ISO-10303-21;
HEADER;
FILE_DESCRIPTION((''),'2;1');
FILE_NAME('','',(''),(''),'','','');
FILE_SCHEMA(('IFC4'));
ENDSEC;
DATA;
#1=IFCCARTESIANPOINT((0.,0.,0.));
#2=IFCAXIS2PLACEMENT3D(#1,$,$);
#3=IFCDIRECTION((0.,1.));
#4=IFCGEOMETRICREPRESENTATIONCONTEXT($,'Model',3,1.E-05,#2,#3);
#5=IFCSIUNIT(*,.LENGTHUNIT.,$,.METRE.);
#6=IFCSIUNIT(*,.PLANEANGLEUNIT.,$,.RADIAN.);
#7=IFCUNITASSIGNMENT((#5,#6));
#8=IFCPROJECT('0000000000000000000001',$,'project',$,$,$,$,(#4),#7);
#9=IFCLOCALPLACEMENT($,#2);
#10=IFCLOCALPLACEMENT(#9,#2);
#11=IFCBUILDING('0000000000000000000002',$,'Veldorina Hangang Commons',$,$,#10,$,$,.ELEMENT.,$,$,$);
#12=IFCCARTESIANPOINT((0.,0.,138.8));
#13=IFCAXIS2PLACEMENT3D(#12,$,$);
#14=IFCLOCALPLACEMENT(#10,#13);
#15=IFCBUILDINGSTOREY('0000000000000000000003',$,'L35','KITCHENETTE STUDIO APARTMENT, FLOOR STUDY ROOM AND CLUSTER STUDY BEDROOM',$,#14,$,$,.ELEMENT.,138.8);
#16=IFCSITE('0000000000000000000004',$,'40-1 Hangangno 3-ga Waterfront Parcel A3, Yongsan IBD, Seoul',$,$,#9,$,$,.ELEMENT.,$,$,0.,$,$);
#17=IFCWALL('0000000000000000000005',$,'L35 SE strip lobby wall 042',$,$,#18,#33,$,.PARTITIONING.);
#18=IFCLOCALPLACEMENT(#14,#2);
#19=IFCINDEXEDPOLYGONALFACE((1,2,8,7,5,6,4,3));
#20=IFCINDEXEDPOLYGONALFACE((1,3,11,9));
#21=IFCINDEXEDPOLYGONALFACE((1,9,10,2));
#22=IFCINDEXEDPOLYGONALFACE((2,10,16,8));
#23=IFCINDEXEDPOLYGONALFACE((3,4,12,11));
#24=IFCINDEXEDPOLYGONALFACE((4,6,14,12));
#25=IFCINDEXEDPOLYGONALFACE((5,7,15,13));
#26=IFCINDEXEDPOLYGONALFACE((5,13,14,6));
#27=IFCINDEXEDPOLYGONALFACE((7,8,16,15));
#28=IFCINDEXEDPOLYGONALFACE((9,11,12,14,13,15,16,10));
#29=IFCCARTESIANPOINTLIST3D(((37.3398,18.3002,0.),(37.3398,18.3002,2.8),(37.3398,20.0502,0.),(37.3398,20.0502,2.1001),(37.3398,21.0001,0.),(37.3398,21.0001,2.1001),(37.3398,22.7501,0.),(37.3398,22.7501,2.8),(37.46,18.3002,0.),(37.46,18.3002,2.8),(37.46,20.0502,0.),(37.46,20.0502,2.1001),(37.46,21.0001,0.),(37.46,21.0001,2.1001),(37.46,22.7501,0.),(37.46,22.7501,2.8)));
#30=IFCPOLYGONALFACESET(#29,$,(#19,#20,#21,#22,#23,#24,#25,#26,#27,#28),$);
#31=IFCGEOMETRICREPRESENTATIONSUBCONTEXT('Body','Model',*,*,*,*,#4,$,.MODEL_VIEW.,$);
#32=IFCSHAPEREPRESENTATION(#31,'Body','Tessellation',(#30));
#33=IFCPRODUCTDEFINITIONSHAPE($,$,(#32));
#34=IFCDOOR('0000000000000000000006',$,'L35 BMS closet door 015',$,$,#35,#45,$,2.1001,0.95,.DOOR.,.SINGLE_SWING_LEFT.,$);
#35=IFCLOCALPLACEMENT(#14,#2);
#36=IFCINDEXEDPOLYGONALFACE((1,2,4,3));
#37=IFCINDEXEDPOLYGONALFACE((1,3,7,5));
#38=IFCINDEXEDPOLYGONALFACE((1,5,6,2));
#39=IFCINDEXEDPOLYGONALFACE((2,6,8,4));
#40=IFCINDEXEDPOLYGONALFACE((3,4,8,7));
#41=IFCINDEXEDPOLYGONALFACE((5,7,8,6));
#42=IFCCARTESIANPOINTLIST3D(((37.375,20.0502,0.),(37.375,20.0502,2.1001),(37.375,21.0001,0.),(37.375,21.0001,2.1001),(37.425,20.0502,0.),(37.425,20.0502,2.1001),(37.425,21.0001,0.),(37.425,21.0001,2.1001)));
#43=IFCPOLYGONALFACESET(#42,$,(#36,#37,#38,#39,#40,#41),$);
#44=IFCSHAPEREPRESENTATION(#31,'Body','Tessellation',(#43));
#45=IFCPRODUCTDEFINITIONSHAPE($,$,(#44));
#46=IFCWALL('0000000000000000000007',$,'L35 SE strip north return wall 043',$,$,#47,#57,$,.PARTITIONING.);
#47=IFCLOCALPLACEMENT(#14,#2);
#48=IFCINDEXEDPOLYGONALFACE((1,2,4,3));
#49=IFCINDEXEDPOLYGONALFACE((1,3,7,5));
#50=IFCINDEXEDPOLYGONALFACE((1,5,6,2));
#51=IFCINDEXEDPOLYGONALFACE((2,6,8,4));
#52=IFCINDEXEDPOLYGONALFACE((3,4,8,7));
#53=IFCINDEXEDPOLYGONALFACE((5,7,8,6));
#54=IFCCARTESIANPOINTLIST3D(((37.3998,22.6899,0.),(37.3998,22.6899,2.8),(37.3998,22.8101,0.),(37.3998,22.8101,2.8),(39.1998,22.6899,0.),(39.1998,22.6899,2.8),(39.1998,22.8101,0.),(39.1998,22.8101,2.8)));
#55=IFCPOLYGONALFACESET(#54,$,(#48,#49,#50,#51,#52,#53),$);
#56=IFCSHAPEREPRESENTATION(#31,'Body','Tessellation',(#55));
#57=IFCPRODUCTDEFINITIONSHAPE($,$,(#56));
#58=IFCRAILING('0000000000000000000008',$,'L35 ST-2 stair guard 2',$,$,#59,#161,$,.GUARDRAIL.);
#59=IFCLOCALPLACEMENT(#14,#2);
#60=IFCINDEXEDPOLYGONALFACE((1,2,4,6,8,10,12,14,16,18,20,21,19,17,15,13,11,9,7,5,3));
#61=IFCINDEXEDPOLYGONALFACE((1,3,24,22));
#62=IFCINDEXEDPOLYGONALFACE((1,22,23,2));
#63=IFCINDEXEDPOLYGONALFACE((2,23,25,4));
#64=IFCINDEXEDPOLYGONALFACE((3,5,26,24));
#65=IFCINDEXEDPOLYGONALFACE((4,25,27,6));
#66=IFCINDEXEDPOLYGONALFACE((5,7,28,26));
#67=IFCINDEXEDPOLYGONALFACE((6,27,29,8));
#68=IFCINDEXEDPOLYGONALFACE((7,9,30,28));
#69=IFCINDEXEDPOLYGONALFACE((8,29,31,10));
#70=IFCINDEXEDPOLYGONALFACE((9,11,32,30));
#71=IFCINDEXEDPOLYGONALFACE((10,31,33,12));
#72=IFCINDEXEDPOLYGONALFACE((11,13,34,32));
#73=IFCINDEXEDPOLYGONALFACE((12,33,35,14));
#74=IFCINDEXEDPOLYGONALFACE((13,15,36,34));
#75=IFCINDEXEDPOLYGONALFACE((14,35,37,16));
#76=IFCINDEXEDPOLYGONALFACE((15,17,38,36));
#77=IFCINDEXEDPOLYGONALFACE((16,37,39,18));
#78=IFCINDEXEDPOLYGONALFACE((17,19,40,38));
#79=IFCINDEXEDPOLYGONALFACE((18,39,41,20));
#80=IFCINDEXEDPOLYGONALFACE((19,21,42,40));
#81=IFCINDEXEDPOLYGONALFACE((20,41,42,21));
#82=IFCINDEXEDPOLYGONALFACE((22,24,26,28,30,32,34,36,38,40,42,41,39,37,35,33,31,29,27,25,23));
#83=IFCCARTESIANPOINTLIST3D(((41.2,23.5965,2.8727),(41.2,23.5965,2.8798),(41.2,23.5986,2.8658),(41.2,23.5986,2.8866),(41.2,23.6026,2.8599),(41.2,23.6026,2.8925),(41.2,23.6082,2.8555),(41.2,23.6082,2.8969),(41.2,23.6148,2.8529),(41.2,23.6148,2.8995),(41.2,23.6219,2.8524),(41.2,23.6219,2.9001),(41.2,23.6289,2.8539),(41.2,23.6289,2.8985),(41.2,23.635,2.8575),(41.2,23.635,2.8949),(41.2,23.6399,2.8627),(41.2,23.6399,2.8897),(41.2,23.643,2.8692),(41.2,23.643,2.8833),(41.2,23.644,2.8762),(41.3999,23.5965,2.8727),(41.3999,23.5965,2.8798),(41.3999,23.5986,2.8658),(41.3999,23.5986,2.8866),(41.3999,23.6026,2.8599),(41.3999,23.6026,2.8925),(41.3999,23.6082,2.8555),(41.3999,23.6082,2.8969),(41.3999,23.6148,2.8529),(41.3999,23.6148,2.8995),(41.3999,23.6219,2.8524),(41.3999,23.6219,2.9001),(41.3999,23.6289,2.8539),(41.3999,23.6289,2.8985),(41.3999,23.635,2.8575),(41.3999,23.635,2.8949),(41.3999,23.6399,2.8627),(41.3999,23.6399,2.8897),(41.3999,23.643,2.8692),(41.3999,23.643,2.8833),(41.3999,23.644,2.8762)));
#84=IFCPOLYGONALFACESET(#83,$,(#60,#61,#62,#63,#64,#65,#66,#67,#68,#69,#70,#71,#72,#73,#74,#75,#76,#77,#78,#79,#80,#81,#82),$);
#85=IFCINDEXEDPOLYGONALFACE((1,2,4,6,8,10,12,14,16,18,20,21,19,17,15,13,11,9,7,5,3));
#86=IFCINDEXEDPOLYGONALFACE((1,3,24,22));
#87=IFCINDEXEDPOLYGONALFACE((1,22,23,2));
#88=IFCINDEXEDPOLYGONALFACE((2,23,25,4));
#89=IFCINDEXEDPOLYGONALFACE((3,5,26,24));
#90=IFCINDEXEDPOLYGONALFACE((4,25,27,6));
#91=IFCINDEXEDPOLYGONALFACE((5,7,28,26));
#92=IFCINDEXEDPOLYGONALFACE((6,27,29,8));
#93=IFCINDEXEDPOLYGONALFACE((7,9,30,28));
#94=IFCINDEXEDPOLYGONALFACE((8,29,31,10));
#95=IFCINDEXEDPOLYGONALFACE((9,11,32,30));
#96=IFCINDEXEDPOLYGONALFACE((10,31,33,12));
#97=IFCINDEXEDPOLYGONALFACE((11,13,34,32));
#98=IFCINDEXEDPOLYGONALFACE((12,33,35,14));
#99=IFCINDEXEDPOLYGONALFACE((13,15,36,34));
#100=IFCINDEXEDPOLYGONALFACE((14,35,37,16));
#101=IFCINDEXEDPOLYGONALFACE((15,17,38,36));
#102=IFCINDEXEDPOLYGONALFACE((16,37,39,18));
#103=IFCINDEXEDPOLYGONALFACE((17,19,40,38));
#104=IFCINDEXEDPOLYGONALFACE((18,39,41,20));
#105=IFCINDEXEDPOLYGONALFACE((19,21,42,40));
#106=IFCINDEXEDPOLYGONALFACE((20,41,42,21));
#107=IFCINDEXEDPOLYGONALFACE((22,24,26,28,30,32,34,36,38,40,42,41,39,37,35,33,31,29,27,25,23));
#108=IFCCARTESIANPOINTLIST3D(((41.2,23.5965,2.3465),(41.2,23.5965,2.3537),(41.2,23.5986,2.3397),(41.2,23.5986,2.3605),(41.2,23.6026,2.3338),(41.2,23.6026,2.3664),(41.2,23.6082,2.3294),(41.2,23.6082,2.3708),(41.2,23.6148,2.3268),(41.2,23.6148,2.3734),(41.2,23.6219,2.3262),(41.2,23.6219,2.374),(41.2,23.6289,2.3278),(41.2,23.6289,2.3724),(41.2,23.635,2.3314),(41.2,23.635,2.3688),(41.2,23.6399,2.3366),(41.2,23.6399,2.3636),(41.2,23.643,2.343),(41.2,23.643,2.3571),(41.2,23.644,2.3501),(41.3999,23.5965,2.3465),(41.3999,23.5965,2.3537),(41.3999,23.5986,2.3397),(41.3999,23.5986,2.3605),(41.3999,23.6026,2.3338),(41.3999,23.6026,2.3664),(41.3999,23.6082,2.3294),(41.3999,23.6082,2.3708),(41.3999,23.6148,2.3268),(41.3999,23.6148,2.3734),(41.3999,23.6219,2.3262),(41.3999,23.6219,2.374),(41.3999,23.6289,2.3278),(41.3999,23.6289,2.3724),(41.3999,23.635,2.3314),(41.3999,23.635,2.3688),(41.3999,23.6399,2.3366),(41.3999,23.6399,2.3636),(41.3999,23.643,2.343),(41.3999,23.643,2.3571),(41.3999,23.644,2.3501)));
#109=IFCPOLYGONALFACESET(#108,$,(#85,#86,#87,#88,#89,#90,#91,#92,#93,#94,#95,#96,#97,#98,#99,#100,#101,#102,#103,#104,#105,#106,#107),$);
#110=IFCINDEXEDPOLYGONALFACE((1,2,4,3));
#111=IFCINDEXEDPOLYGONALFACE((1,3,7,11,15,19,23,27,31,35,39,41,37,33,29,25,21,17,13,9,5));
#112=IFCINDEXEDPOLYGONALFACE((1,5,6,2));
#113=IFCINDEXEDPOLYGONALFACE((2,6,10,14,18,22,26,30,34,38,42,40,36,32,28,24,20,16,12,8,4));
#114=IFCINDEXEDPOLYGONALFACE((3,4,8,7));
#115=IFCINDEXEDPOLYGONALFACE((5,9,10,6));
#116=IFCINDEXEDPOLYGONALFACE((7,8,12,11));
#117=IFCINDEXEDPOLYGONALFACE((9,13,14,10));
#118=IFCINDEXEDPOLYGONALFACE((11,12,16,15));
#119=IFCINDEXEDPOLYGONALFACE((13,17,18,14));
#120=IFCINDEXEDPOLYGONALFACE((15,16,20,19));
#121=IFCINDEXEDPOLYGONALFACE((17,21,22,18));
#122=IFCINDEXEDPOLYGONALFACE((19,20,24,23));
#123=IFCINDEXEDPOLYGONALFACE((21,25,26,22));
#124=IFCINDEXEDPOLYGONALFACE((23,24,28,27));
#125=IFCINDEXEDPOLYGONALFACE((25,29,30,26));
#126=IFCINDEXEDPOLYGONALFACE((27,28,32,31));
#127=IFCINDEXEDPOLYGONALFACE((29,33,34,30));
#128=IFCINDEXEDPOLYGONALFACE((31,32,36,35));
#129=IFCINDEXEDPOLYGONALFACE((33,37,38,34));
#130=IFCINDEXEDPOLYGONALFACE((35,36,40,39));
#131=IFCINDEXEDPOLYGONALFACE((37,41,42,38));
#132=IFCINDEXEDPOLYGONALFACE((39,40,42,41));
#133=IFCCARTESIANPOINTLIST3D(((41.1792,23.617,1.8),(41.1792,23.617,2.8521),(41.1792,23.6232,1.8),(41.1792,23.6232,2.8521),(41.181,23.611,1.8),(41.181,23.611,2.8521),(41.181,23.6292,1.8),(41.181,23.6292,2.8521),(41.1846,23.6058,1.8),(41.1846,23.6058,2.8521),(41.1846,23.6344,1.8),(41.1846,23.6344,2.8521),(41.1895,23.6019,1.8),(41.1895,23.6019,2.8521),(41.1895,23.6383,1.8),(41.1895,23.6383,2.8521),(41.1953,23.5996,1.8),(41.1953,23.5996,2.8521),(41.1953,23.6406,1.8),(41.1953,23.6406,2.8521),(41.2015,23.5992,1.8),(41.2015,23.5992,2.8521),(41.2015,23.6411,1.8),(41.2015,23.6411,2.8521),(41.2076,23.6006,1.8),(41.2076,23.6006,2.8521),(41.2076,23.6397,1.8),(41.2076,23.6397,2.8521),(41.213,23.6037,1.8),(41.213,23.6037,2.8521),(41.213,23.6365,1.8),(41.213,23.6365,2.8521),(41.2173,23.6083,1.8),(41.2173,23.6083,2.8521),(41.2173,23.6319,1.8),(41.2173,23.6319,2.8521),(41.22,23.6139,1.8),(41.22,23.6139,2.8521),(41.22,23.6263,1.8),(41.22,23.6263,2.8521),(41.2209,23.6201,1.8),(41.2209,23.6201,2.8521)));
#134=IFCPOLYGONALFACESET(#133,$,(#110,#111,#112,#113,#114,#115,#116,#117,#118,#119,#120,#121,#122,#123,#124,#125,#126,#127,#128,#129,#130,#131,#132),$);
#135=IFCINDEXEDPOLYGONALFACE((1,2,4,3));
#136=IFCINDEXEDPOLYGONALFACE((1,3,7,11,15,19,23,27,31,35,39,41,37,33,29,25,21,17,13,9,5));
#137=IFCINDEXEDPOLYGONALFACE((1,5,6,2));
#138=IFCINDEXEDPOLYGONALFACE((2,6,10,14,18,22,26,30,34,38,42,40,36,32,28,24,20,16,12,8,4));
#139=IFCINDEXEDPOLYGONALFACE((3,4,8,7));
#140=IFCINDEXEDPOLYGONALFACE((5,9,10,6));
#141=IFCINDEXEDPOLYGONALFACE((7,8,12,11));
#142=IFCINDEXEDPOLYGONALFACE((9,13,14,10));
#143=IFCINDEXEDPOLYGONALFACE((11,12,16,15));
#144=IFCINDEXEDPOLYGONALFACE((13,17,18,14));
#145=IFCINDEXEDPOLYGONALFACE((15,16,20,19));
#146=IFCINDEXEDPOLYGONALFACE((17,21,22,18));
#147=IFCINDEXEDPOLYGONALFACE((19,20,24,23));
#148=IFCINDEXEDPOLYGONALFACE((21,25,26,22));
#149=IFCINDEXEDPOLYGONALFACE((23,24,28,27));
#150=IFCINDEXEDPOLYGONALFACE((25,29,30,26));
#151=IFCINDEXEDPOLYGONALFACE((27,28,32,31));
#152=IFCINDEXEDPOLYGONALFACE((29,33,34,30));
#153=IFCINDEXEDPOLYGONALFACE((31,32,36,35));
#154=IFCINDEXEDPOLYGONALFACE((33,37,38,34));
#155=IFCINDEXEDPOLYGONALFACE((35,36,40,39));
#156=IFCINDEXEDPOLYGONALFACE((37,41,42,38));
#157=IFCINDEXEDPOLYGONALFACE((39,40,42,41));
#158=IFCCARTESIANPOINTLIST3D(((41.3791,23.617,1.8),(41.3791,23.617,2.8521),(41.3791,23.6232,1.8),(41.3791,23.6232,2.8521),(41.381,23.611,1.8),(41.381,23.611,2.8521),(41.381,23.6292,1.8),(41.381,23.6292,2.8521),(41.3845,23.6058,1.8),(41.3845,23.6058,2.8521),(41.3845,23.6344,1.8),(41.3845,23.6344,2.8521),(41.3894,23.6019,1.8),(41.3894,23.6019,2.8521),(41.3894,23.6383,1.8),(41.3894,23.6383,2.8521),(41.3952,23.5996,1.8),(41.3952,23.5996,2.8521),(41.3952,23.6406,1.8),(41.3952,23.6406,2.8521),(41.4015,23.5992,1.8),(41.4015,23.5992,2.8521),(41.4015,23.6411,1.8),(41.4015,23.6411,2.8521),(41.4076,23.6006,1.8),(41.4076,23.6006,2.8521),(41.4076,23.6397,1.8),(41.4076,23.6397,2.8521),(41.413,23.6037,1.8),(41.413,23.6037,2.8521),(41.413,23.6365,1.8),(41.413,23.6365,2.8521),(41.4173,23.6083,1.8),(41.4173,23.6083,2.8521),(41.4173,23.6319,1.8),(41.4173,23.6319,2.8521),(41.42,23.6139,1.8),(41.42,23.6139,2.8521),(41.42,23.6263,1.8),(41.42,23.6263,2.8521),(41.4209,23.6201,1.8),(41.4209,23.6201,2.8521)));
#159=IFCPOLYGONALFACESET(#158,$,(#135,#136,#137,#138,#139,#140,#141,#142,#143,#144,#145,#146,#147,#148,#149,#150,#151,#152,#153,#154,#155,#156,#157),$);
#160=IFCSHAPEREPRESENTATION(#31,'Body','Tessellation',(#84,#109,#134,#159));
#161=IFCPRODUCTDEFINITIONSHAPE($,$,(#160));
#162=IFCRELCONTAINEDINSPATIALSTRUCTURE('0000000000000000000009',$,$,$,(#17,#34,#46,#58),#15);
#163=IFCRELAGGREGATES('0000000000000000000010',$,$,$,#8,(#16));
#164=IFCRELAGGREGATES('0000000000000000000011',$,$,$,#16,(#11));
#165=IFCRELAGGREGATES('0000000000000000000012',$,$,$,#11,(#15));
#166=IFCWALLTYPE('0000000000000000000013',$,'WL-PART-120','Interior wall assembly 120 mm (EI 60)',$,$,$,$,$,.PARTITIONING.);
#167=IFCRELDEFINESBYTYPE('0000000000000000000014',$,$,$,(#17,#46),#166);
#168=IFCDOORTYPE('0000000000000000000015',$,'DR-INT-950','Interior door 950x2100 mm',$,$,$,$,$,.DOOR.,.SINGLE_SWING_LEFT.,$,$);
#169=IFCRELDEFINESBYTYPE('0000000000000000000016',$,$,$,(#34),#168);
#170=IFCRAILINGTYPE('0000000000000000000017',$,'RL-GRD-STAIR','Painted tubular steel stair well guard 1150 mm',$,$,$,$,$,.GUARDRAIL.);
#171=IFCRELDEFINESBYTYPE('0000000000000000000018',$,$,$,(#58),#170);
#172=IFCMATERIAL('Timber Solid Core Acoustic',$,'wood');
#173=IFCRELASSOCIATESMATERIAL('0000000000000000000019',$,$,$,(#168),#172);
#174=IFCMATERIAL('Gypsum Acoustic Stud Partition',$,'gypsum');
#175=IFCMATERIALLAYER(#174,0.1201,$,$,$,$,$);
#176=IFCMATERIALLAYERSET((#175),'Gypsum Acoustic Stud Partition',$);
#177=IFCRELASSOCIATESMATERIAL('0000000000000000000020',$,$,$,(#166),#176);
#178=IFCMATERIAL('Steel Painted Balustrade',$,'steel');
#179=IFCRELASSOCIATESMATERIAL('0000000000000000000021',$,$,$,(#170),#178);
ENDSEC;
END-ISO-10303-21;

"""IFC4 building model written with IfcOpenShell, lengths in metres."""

from ifc_helpers import new_model, si_unit, direction, frame, frame_2d, origin, origin_2d, place, context, subcontext, project, spatial, rectangle, circle, extrude, material, layer, layer_set, type_object, element, fill, save


model = new_model("IFC4")

# Units and contexts
model_context = context("Model", 3, precision=1e-05, world=origin(), true_north=direction((0.0, 1.0)))
body_context = subcontext(model_context, "Body", "Model", "MODEL_VIEW")
ifc_project = project(units=[si_unit("LENGTHUNIT", "METRE"), si_unit("PLANEANGLEUNIT", "RADIAN")], contexts=[model_context])

# Site, building, storey
site_placement = place(None, origin())
site = spatial("IfcSite", under=ifc_project, at=site_placement, Name="40-1 Hangangno 3-ga Waterfront Parcel A3, Yongsan IBD, Seoul", CompositionType="ELEMENT", RefElevation=0.0)
building_placement = place(site_placement, origin())
building = spatial("IfcBuilding", under=site, at=building_placement, Name="Veldorina Hangang Commons", CompositionType="ELEMENT")
storey_placement = place(building_placement, frame((0.0, 0.0, 138.8)))
storey = spatial("IfcBuildingStorey", under=building, at=storey_placement, Name="L35", Description="KITCHENETTE STUDIO APARTMENT, FLOOR STUDY ROOM AND CLUSTER STUDY BEDROOM", CompositionType="ELEMENT", Elevation=138.8)

# Shared definitions
ifc_material_1 = material(Name="Timber Solid Core Acoustic", Category="wood")
door_type_1 = type_object("IfcDoorType", Name="DR-INT-950", Description="Interior door 950x2100 mm", OperationType="SINGLE_SWING_LEFT", PredefinedType="DOOR", material=ifc_material_1)

# Wall, opening, door
ifc_material_2 = material(Name="Gypsum Acoustic Stud Partition", Category="gypsum")
ifc_layer_1 = layer(ifc_material_2, 0.1201)
ifc_layer_set_1 = layer_set([ifc_layer_1], Name="Gypsum Acoustic Stud Partition")
wall_type_1 = type_object("IfcWallType", Name="WL-PART-120", Description="Interior wall assembly 120 mm (EI 60)", PredefinedType="PARTITIONING", material=ifc_layer_set_1)
wall_1_placement = place(storey_placement, frame((37.3999, 18.3, 0.0), z_axis=(0.0, 0.0, 1.0), x_axis=(0.0, 1.0, 0.0)))
wall_1 = element("IfcWall", 1, at=wall_1_placement, inside=storey, type_object=wall_type_1, Name="L35 SE strip lobby wall 042", PredefinedType="PARTITIONING", context=body_context, shape_type="SweptSolid", body=[
    extrude(rectangle(XDim=4.45, YDim=0.1201, at=frame_2d((2.2251, 0.0))), origin(), (0.0, 0.0, 1.0), 2.8),
])
opening_1_placement = place(wall_1_placement, frame((1.75, 0.0, 0.0)))
opening_1 = element("IfcOpeningElement", 2, at=opening_1_placement, cuts=wall_1, PredefinedType="OPENING", context=body_context, shape_type="SweptSolid", body=[
    extrude(rectangle(XDim=0.95, YDim=2.1001, at=frame_2d((0.4751, 1.05))), frame((0.0, 0.0701, 0.0), z_axis=(0.0, -1.0, 0.0), x_axis=(1.0, 0.0, 0.0)), (0.0, 0.0, 1.0), 0.1401),
])
door_1_placement = place(opening_1_placement, origin())
door_1 = element("IfcDoor", 3, at=door_1_placement, inside=storey, type_object=door_type_1, Name="L35 BMS closet door 015", OperationType="SINGLE_SWING_LEFT", OverallHeight=2.1001, OverallWidth=0.95, PredefinedType="DOOR", context=body_context, shape_type="SweptSolid", body=[
    extrude(rectangle(XDim=0.95, YDim=2.1001, at=frame_2d((0.4751, 1.05))), frame((0.0, 0.0249, 0.0), z_axis=(0.0, -1.0, 0.0), x_axis=(1.0, 0.0, 0.0)), (0.0, 0.0, 1.0), 0.05),
])
fill(opening_1, door_1)

# Wall
wall_2_placement = place(storey_placement, frame((37.3999, 22.75, 0.0), z_axis=(0.0, 0.0, 1.0), x_axis=(1.0, 0.0, 0.0)))
element("IfcWall", 4, at=wall_2_placement, inside=storey, type_object=wall_type_1, Name="L35 SE strip north return wall 043", PredefinedType="PARTITIONING", context=body_context, shape_type="SweptSolid", body=[
    extrude(rectangle(XDim=1.8, YDim=0.1201, at=frame_2d((0.8999, 0.0))), origin(), (0.0, 0.0, 1.0), 2.8),
])

# Railing
ifc_material_3 = material(Name="Steel Painted Balustrade", Category="steel")
railing_type = type_object("IfcRailingType", Name="RL-GRD-STAIR", Description="Painted tubular steel stair well guard 1150 mm", PredefinedType="GUARDRAIL", material=ifc_material_3)
railing_placement = place(storey_placement, frame((41.2, 23.6201, 1.8)))
element("IfcRailing", 5, at=railing_placement, inside=storey, type_object=railing_type, Name="L35 ST-2 stair guard 2", PredefinedType="GUARDRAIL", context=body_context, shape_type="SweptSolid", body=[
    extrude(circle(Radius=0.0239, at=origin_2d()), frame((0.0, 0.0, 1.0762), z_axis=(1.0, 0.0, 0.0), x_axis=(0.0, 1.0, 0.0)), (0.0, 0.0, 1.0), 0.2),
    extrude(circle(Radius=0.0239, at=origin_2d()), frame((0.0, 0.0, 0.55), z_axis=(1.0, 0.0, 0.0), x_axis=(0.0, 1.0, 0.0)), (0.0, 0.0, 1.0), 0.2),
    extrude(circle(Radius=0.021, at=origin_2d()), origin(), (0.0, 0.0, 1.0), 1.052),
    extrude(circle(Radius=0.021, at=origin_2d()), frame((0.2, 0.0, 0.0)), (0.0, 0.0, 1.0), 1.052),
])

save(model, "model.ifc")
